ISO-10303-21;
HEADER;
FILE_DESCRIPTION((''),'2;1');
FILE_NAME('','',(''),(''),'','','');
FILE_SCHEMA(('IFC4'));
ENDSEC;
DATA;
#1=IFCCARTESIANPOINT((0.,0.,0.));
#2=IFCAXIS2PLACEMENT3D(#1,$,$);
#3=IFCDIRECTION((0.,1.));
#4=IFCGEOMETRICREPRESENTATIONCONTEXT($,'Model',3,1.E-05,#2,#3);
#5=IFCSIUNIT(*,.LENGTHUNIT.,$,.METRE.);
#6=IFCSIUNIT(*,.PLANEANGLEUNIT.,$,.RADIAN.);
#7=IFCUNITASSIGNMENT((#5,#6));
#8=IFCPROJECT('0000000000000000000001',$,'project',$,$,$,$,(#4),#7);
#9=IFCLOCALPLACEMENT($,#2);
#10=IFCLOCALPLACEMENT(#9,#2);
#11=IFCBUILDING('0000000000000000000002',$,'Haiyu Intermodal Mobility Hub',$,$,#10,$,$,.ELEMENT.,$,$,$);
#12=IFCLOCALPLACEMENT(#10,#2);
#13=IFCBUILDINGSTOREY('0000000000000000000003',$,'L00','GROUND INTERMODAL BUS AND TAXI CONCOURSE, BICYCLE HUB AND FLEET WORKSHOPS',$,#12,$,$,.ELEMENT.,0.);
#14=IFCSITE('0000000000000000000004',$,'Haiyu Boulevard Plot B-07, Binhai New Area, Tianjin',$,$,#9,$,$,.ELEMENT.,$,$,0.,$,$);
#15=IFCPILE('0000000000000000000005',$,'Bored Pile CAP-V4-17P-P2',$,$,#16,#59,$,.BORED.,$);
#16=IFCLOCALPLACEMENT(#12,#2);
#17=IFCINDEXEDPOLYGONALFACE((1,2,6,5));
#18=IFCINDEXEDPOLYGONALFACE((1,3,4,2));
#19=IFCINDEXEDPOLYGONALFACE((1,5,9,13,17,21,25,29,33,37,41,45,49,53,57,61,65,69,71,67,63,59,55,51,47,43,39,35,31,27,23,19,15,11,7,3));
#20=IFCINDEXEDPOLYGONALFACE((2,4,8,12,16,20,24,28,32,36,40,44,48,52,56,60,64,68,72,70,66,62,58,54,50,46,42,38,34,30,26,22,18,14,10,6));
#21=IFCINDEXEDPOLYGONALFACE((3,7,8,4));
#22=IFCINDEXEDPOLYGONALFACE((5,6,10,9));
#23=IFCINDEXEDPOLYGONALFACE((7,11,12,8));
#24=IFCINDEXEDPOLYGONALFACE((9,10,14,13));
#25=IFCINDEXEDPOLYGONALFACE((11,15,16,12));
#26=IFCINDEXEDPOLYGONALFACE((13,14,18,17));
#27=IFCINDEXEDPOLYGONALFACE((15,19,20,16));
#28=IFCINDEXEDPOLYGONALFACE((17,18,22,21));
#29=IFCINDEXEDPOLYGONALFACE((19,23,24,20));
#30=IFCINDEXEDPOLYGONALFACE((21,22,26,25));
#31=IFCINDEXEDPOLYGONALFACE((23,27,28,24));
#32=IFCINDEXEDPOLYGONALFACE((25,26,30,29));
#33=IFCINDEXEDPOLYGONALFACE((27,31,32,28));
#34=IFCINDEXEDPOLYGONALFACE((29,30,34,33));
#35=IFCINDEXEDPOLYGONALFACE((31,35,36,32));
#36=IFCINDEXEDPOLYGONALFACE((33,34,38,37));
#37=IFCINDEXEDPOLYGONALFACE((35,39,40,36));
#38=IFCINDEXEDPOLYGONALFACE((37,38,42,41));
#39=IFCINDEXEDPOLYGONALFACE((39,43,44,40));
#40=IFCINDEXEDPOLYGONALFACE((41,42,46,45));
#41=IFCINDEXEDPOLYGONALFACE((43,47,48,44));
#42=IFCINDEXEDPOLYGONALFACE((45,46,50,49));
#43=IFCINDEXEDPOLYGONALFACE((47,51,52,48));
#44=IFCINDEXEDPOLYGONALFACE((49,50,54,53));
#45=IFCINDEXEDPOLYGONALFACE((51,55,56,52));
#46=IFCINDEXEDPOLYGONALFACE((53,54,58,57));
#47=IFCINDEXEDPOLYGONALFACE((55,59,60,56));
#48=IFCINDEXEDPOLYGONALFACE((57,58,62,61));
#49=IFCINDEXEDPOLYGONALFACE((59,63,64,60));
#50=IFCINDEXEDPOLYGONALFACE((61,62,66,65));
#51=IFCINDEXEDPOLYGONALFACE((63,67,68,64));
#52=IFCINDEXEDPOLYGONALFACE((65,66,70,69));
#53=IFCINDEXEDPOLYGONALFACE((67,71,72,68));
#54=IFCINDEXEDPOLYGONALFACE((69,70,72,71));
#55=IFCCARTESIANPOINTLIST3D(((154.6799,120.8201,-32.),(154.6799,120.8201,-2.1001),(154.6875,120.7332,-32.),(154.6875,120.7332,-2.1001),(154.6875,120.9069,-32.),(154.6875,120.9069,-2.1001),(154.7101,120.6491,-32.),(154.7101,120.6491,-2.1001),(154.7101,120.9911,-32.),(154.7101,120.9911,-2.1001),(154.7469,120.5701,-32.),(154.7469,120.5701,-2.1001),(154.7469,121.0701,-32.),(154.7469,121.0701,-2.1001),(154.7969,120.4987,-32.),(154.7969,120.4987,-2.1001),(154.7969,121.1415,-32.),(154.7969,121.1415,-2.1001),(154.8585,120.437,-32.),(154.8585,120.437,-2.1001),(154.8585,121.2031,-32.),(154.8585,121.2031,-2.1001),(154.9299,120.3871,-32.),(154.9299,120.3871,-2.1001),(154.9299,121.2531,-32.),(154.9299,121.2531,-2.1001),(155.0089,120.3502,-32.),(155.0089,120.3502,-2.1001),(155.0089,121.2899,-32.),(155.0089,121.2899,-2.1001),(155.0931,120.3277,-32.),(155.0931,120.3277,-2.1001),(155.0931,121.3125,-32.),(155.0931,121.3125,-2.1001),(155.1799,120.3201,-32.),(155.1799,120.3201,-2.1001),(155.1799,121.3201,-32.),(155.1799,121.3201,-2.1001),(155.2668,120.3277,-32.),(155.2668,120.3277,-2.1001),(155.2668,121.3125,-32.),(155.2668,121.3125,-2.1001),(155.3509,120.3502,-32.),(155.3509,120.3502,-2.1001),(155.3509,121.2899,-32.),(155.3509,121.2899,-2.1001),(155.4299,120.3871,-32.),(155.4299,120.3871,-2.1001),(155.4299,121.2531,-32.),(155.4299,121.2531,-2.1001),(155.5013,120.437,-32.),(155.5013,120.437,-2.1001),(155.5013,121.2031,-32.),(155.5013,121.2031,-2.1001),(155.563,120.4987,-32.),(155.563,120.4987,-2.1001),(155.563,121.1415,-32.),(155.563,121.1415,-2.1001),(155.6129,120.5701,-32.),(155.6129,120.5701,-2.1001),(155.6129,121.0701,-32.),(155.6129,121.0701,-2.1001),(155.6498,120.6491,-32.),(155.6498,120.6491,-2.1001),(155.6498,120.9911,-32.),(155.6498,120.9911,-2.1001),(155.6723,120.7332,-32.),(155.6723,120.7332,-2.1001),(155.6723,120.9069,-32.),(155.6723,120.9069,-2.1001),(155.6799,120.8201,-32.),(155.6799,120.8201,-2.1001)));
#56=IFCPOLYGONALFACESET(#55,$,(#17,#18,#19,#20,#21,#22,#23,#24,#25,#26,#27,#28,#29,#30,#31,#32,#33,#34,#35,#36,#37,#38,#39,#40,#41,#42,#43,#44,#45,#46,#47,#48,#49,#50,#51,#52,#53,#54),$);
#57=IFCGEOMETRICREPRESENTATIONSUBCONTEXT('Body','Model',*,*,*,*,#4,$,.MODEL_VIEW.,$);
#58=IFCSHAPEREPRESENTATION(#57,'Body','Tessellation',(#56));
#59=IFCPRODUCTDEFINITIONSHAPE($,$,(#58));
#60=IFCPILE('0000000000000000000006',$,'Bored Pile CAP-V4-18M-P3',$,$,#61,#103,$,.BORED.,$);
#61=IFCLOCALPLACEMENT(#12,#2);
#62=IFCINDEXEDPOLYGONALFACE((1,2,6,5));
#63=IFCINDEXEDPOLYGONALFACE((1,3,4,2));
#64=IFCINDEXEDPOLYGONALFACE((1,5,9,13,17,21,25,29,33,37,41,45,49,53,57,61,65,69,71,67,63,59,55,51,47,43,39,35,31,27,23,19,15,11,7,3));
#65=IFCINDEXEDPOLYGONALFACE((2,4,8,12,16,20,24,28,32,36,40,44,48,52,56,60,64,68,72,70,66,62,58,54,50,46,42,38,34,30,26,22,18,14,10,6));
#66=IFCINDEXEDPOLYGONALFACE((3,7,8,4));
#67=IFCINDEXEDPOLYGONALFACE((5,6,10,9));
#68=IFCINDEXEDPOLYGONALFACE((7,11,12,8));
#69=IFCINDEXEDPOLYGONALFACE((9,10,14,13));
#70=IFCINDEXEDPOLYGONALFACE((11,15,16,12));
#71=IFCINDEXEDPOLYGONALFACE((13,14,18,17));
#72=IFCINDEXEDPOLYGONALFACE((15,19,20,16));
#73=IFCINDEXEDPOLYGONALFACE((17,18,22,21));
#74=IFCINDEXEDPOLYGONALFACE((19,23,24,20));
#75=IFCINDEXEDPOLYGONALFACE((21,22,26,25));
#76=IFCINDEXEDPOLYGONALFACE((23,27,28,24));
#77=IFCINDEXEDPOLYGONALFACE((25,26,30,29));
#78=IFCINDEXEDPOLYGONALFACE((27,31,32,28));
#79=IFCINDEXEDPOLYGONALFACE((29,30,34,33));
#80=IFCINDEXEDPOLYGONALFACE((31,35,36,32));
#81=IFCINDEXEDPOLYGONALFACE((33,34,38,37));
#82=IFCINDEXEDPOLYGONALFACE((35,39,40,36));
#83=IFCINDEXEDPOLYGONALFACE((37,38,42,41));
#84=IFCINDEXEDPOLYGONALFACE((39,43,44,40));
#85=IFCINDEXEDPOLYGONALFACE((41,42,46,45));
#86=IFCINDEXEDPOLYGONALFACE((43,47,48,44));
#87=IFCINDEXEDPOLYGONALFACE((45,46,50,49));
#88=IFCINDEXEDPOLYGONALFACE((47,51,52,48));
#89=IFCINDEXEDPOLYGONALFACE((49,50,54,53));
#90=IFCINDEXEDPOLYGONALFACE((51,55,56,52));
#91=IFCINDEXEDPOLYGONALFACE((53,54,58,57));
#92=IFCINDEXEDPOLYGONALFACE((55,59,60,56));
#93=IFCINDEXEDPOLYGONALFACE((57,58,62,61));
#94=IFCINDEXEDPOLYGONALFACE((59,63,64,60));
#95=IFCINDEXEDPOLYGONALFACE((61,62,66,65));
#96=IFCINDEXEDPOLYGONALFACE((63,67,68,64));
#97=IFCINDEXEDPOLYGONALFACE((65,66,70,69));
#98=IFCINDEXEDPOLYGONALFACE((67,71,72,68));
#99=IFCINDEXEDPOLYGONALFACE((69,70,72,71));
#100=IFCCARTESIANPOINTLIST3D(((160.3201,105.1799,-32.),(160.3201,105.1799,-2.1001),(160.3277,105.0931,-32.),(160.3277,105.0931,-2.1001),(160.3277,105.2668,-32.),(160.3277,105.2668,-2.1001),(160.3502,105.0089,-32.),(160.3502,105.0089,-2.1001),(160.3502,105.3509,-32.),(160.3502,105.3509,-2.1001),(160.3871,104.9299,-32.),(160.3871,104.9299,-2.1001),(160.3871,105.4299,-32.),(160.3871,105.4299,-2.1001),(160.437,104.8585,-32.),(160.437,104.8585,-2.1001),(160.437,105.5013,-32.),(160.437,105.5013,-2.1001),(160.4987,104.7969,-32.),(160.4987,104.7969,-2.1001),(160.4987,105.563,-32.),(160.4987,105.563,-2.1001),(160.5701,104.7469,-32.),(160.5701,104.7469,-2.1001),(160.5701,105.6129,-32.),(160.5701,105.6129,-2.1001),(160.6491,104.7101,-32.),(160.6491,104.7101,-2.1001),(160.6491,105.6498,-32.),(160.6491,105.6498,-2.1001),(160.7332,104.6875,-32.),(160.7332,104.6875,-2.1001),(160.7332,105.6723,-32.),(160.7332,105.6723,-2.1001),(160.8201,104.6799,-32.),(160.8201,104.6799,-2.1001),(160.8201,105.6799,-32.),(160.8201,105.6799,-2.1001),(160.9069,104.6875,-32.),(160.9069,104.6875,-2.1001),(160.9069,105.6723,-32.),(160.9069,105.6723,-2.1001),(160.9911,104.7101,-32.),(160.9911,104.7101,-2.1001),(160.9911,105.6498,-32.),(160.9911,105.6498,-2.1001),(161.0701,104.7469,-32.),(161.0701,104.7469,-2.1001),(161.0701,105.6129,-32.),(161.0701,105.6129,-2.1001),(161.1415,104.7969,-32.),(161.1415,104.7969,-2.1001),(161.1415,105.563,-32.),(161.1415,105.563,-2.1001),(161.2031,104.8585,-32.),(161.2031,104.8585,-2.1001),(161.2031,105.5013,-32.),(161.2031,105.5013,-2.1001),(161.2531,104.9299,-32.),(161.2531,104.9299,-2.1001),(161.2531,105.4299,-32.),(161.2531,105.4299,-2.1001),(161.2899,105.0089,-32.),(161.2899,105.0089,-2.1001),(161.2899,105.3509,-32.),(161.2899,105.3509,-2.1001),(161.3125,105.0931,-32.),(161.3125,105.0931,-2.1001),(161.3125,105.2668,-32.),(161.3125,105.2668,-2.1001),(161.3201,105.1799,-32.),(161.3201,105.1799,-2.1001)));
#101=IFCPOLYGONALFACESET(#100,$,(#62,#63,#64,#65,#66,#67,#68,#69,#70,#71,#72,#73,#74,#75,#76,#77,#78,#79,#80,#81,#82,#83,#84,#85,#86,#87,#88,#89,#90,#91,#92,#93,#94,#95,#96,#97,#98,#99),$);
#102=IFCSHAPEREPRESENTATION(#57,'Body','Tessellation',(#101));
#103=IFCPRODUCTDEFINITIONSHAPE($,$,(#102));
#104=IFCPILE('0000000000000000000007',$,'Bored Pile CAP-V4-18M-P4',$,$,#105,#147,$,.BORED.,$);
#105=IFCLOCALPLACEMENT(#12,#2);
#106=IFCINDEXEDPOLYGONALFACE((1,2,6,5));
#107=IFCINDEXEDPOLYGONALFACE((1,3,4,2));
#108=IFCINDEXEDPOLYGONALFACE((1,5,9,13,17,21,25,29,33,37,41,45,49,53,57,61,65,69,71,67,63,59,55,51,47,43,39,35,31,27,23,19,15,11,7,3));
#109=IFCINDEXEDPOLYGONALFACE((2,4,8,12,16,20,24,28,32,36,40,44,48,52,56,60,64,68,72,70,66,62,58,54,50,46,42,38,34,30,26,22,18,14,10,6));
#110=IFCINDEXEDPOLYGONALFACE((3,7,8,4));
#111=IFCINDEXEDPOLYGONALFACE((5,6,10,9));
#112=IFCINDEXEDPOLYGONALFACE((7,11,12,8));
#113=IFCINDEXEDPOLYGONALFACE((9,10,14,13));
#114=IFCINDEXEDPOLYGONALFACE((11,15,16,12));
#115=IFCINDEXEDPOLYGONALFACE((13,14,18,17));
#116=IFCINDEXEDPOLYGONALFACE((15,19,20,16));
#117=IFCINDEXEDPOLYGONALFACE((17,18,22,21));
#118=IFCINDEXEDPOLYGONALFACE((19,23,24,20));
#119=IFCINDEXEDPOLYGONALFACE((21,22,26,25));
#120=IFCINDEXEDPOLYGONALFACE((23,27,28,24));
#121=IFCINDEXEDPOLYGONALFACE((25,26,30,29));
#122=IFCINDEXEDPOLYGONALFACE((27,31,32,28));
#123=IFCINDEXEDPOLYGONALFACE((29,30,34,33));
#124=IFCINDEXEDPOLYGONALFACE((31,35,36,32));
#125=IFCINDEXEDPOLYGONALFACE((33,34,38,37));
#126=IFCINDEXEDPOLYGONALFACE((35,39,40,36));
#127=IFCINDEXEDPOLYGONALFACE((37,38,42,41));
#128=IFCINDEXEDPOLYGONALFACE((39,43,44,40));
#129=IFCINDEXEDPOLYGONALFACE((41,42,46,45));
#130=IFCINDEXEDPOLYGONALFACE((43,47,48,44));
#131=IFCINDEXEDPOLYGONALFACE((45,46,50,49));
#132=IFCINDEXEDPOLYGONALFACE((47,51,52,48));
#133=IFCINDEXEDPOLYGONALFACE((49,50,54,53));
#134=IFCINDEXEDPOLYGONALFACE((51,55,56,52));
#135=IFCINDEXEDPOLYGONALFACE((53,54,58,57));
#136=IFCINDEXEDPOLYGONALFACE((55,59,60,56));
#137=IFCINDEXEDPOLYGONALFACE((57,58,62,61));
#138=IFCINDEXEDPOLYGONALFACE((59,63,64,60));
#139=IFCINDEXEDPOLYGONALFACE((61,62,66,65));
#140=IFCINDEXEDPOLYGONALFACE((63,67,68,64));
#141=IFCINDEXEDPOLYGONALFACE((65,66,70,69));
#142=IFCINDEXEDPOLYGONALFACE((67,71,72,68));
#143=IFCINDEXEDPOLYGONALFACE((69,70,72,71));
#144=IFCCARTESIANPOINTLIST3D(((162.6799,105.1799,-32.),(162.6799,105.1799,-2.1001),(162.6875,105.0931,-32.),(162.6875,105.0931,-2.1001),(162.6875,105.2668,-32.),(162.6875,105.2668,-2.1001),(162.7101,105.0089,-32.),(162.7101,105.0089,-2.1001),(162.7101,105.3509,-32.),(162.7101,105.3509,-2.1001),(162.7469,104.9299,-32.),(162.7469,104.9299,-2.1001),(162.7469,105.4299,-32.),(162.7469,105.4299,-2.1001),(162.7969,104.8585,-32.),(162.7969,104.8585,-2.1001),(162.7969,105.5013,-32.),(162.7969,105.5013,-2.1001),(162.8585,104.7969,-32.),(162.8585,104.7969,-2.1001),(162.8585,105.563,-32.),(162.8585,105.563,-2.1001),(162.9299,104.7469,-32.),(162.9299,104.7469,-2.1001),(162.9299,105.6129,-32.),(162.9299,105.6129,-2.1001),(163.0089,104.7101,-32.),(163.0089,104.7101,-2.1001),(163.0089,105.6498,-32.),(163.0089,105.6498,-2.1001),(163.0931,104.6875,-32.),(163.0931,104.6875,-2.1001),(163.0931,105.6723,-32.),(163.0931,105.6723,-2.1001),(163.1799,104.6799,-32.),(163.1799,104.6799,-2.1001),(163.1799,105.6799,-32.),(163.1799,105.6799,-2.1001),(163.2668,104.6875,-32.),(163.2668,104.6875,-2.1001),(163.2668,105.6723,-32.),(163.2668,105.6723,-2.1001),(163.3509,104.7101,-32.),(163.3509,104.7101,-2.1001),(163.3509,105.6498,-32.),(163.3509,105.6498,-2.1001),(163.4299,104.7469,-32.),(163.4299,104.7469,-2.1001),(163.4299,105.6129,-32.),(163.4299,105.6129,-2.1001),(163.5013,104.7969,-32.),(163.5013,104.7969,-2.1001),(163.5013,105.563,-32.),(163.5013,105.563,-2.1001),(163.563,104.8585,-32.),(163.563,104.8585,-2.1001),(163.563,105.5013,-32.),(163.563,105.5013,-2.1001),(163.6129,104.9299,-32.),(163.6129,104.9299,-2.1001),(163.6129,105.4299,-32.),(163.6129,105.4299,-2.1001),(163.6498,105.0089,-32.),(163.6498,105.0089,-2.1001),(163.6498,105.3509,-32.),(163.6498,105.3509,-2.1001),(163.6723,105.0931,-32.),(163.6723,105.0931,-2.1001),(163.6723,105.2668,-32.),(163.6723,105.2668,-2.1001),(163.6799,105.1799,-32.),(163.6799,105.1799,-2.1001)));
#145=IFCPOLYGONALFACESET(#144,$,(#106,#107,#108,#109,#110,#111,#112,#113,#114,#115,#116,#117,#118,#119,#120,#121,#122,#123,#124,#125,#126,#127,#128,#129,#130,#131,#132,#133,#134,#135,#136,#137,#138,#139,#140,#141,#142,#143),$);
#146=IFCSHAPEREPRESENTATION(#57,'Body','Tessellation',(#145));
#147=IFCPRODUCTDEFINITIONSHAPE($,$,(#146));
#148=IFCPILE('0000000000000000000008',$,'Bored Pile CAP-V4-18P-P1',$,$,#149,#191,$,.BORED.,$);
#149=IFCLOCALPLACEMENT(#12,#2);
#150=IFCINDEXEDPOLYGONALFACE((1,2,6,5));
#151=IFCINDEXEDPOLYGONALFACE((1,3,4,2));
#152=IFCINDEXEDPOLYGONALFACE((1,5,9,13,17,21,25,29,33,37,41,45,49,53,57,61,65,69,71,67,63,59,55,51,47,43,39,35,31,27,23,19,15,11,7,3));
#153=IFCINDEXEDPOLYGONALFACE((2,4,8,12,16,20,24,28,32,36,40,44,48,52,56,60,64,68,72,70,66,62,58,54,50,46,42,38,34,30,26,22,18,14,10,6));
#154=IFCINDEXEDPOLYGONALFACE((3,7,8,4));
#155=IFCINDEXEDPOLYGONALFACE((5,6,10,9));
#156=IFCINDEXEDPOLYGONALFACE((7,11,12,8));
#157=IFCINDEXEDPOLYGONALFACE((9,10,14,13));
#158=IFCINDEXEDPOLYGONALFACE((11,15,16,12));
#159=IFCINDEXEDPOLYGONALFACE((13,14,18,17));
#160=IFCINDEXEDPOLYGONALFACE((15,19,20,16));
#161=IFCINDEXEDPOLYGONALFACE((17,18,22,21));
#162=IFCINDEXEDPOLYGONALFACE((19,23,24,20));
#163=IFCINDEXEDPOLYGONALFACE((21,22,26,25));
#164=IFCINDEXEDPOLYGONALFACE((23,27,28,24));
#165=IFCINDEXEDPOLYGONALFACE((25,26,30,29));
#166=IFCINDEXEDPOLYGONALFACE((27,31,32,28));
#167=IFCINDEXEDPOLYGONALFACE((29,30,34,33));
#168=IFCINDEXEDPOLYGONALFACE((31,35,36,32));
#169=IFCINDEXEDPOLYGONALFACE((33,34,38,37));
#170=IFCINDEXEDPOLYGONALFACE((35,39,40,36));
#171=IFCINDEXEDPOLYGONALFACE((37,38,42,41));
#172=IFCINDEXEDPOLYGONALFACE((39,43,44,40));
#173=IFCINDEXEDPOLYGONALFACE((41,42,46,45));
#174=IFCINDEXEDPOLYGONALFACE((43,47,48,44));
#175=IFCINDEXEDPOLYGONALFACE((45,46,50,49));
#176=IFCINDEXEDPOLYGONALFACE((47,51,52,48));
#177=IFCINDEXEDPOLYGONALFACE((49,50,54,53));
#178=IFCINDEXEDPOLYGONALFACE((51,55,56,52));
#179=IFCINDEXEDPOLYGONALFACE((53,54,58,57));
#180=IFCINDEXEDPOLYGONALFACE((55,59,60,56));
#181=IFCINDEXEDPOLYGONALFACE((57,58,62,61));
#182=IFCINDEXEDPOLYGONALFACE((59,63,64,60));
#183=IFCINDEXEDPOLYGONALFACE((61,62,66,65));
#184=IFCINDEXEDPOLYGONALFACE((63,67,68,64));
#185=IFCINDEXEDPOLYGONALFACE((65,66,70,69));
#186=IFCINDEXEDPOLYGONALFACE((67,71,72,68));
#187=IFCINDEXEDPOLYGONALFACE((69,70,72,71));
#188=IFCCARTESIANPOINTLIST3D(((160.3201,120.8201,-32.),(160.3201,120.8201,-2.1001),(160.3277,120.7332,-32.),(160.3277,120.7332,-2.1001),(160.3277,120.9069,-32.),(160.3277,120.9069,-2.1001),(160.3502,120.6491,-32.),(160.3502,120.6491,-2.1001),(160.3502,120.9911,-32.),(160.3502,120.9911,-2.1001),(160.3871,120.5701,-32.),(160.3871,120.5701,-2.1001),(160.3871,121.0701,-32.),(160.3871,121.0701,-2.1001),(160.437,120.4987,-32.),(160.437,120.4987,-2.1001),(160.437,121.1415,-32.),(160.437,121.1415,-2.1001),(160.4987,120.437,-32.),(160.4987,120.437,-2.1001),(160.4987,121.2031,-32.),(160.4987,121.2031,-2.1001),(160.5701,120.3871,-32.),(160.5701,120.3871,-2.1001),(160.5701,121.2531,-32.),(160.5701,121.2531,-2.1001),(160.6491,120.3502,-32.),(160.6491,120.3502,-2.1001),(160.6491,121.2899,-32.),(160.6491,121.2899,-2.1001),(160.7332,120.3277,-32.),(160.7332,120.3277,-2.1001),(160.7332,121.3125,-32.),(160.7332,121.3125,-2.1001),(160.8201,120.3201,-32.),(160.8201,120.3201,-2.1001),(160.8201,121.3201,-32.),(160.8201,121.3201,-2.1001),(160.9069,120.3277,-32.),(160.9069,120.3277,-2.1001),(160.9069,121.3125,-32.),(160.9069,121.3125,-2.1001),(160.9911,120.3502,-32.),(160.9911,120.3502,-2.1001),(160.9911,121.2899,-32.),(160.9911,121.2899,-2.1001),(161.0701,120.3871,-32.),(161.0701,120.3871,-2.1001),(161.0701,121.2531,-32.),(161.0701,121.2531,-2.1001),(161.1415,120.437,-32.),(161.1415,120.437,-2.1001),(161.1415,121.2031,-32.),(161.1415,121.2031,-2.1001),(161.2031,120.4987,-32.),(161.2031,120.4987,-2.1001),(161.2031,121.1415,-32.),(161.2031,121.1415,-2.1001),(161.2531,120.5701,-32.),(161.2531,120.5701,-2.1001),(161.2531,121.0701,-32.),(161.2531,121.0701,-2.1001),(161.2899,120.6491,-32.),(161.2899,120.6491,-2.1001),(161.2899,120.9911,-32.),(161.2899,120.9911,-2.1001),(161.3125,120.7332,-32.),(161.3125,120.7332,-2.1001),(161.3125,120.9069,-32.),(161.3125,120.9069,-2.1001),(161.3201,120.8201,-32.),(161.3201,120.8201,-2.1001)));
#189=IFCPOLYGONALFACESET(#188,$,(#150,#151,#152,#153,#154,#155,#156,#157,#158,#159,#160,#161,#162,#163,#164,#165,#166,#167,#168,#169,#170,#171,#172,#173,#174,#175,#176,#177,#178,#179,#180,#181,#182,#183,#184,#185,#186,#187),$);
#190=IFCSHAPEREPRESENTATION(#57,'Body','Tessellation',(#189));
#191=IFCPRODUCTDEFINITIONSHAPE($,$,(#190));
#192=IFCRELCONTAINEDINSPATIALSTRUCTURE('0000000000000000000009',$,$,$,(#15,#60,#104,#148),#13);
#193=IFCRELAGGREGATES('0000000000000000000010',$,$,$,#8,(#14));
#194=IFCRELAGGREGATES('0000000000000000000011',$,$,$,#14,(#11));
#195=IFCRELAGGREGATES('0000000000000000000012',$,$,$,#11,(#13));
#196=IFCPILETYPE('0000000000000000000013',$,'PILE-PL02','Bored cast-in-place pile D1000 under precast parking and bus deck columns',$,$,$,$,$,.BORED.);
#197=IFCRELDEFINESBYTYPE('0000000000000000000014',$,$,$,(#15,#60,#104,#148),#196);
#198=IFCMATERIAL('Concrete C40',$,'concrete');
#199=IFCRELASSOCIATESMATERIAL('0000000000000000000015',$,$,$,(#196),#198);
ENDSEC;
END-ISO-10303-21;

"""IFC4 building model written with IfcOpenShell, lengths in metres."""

from ifc_helpers import new_model, si_unit, direction, frame, origin, origin_2d, place, context, subcontext, project, spatial, circle, extrude, material, material_profile, profile_set, type_object, element, save


model = new_model("IFC4")

# Units and contexts
model_context = context("Model", 3, precision=1e-05, world=origin(), true_north=direction((0.0, 1.0)))
body_context = subcontext(model_context, "Body", "Model", "MODEL_VIEW")
ifc_project = project(units=[si_unit("LENGTHUNIT", "METRE"), si_unit("PLANEANGLEUNIT", "RADIAN")], contexts=[model_context])

# Site, building, storey
site_placement = place(None, origin())
site = spatial("IfcSite", under=ifc_project, at=site_placement, Name="Haiyu Boulevard Plot B-07, Binhai New Area, Tianjin", CompositionType="ELEMENT", RefElevation=0.0)
building_placement = place(site_placement, origin())
building = spatial("IfcBuilding", under=site, at=building_placement, Name="Haiyu Intermodal Mobility Hub", CompositionType="ELEMENT")
storey_placement = place(building_placement, origin())
storey = spatial("IfcBuildingStorey", under=building, at=storey_placement, Name="L00", Description="GROUND INTERMODAL BUS AND TAXI CONCOURSE, BICYCLE HUB AND FLEET WORKSHOPS", CompositionType="ELEMENT", Elevation=0.0)

# Shared definitions
ifc_material_1 = material(Name="Concrete C40", Category="concrete")

# Piles
ifc_material_profile_1 = material_profile(ifc_material_1, circle(Radius=0.5, at=origin_2d()), Name="PILE-D1000")
ifc_profile_set_1 = profile_set([ifc_material_profile_1], Name="Concrete C40")
pile_type_1 = type_object("IfcPileType", Name="PILE-PL02", Description="Bored cast-in-place pile D1000 under precast parking and bus deck columns", PredefinedType="BORED", material=ifc_profile_set_1)
for number, where, z_axis, x_axis, name in (
    (1, (155.1799, 120.8201, -2.1001), (0.0, 0.0, -1.0), (1.0, 0.0, 0.0), "Bored Pile CAP-V4-17P-P2"),
    (2, (160.8201, 105.1799, -2.1001), (0.0, 0.0, -1.0), (1.0, 0.0, 0.0), "Bored Pile CAP-V4-18M-P3"),
    (3, (163.1799, 105.1799, -2.1001), (0.0, 0.0, -1.0), (1.0, 0.0, 0.0), "Bored Pile CAP-V4-18M-P4"),
    (4, (160.8201, 120.8201, -2.1001), (0.0, 0.0, -1.0), (1.0, 0.0, 0.0), "Bored Pile CAP-V4-18P-P1"),
):
    element("IfcPile", number, at=place(storey_placement, frame(where, z_axis=z_axis, x_axis=x_axis)), inside=storey, type_object=pile_type_1, Name=name, PredefinedType="BORED", context=body_context, shape_type="SweptSolid", body=[
        extrude(circle(Radius=0.5, at=origin_2d()), origin(), (0.0, 0.0, 1.0), 29.8999),
    ])

save(model, "model.ifc")
